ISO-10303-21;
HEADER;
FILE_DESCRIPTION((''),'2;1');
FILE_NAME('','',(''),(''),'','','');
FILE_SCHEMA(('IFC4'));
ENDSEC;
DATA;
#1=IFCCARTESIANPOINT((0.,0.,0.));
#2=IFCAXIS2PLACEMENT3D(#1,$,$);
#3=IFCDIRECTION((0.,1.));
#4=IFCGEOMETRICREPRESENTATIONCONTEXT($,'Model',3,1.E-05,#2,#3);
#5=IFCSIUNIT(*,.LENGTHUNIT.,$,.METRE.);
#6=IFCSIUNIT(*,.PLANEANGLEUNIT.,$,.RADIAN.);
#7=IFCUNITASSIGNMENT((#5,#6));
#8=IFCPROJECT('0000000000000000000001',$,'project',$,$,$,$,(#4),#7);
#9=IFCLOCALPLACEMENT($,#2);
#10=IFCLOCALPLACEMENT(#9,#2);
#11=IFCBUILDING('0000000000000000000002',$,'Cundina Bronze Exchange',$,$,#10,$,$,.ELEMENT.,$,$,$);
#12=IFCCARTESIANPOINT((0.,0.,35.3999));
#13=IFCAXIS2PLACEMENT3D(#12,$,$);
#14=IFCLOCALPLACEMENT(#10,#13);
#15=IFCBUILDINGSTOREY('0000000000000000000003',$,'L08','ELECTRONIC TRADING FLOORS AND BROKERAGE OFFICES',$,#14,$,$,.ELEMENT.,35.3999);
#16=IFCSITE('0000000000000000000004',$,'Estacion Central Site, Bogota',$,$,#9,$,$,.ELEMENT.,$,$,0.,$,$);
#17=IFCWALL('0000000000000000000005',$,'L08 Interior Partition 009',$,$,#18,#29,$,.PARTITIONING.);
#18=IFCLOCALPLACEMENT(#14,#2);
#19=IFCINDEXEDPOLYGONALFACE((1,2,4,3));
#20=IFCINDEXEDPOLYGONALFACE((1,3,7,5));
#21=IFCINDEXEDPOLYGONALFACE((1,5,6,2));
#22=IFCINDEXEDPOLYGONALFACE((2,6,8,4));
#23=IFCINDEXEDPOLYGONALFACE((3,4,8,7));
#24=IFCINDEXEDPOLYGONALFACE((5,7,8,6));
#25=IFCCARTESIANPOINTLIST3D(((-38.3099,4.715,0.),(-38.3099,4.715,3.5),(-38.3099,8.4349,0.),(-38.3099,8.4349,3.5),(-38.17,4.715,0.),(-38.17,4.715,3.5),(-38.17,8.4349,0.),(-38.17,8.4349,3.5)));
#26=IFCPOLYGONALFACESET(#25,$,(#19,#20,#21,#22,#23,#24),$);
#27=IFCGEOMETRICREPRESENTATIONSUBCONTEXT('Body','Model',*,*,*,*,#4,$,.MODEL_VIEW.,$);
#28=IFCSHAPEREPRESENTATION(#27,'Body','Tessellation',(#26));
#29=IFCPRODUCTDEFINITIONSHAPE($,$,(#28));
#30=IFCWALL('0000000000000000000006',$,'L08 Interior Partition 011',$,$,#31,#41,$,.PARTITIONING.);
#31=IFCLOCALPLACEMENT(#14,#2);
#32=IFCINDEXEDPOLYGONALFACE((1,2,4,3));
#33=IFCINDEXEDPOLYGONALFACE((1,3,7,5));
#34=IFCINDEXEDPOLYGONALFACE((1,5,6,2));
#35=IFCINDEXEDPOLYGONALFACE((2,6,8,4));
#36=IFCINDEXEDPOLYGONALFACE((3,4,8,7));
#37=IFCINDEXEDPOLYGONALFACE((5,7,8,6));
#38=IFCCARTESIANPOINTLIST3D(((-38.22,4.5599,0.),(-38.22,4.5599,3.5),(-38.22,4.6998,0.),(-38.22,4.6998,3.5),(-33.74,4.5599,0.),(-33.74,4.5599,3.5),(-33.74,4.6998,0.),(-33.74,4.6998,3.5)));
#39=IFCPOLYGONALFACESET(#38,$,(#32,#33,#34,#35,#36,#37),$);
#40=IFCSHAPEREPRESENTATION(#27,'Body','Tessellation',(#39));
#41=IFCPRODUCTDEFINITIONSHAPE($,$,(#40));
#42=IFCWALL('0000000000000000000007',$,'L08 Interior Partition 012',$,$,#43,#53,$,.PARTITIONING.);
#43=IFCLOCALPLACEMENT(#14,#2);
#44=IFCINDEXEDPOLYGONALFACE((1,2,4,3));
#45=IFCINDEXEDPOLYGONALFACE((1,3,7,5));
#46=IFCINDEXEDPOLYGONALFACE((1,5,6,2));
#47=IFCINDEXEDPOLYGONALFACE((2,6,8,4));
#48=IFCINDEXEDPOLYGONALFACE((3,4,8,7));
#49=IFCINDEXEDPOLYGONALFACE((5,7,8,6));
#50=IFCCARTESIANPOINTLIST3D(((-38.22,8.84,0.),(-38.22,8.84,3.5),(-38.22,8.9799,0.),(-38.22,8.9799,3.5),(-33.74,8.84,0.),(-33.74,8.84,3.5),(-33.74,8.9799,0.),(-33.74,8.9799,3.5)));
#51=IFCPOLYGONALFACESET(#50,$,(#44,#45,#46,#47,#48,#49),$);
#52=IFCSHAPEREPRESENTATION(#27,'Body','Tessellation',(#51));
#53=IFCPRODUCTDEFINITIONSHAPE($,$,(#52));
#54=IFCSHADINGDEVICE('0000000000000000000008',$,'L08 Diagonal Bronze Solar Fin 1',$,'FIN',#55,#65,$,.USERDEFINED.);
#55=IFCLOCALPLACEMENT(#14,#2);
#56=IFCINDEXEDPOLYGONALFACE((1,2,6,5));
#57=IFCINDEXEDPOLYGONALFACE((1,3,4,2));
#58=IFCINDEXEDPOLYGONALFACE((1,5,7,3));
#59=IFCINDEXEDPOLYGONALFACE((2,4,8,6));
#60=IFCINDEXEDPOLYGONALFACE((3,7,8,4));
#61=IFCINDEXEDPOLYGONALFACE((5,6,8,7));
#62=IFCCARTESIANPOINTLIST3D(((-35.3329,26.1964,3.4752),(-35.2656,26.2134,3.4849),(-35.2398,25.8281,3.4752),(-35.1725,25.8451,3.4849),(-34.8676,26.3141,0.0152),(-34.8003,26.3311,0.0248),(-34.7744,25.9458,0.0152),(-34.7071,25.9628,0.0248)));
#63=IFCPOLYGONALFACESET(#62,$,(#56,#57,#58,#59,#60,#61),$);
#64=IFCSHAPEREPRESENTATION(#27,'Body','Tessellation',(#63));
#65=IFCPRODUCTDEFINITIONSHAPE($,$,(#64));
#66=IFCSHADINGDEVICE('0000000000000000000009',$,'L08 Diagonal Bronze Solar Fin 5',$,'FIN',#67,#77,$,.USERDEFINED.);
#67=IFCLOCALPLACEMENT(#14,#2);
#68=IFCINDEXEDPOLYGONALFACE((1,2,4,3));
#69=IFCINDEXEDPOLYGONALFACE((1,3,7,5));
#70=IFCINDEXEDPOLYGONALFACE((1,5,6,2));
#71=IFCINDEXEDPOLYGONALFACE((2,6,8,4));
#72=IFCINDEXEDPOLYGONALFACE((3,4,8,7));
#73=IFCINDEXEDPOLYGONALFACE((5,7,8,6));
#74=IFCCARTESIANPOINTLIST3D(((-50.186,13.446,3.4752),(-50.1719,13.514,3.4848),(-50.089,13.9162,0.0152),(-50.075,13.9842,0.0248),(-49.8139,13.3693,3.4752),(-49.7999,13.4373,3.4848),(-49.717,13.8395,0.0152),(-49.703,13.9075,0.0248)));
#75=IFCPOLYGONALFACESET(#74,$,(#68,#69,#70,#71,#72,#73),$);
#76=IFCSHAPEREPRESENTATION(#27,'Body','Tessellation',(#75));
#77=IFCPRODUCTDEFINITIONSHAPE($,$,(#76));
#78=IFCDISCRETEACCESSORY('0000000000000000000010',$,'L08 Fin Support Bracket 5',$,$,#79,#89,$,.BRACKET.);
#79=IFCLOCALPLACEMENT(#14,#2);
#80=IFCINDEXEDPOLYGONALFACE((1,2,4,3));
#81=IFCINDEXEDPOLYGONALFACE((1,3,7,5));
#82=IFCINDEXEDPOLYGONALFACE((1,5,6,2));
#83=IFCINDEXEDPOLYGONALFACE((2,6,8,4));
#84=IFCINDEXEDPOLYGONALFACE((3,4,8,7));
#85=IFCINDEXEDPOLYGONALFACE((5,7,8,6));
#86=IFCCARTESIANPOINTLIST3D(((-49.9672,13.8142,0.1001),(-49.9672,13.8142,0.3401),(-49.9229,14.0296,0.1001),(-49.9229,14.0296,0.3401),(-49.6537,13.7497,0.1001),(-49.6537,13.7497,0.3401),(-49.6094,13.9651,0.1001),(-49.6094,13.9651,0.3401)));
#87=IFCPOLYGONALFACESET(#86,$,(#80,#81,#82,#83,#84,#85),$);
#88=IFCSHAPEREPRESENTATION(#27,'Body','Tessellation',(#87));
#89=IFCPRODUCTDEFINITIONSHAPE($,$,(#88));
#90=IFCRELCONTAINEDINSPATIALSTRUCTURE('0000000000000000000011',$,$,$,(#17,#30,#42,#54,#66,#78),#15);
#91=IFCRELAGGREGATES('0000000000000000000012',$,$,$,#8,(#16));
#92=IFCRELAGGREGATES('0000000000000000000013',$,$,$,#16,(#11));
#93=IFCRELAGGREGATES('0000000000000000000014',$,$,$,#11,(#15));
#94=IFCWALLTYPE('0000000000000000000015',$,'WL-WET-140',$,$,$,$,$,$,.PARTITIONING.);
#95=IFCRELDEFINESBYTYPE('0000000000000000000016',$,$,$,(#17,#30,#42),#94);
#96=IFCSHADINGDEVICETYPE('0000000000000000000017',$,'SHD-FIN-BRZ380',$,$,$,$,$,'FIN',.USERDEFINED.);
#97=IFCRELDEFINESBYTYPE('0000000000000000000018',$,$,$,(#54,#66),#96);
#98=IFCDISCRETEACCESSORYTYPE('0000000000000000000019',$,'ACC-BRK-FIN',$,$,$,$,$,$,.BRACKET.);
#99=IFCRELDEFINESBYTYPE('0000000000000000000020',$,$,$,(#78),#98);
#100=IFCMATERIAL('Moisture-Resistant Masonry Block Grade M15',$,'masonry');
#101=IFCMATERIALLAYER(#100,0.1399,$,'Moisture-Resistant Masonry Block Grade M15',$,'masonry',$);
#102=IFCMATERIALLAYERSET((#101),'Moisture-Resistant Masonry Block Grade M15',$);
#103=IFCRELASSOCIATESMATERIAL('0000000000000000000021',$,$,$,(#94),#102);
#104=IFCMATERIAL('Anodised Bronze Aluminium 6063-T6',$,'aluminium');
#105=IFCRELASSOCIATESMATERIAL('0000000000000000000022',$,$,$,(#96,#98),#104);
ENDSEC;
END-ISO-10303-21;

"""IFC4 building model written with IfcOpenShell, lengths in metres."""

from ifc_helpers import new_model, si_unit, direction, frame, frame_2d, origin, origin_2d, place, context, subcontext, project, spatial, rectangle, extrude, material, layer, layer_set, material_profile, profile_set, type_object, element, save


model = new_model("IFC4")

# Units and contexts
model_context = context("Model", 3, precision=1e-05, world=origin(), true_north=direction((0.0, 1.0)))
body_context = subcontext(model_context, "Body", "Model", "MODEL_VIEW")
ifc_project = project(units=[si_unit("LENGTHUNIT", "METRE"), si_unit("PLANEANGLEUNIT", "RADIAN")], contexts=[model_context])

# Site, building, storey
site_placement = place(None, origin())
site = spatial("IfcSite", under=ifc_project, at=site_placement, Name="Estacion Central Site, Bogota", CompositionType="ELEMENT", RefElevation=0.0)
building_placement = place(site_placement, origin())
building = spatial("IfcBuilding", under=site, at=building_placement, Name="Cundina Bronze Exchange", CompositionType="ELEMENT")
storey_placement = place(building_placement, frame((0.0, 0.0, 35.3999)))
storey = spatial("IfcBuildingStorey", under=building, at=storey_placement, Name="L08", Description="ELECTRONIC TRADING FLOORS AND BROKERAGE OFFICES", CompositionType="ELEMENT", Elevation=35.3999)

# Shared definitions
ifc_material_1 = material(Name="Anodised Bronze Aluminium 6063-T6", Category="aluminium")

# Walls
ifc_material_2 = material(Name="Moisture-Resistant Masonry Block Grade M15", Category="masonry")
ifc_layer_1 = layer(ifc_material_2, 0.1399, Name="Moisture-Resistant Masonry Block Grade M15", Category="masonry")
ifc_layer_set_1 = layer_set([ifc_layer_1], Name="Moisture-Resistant Masonry Block Grade M15")
wall_type_1 = type_object("IfcWallType", Name="WL-WET-140", PredefinedType="PARTITIONING", material=ifc_layer_set_1)
wall_1_placement = place(storey_placement, frame((-38.24, 4.7151, 0.0), z_axis=(0.0, 0.0, 1.0), x_axis=(0.0, 1.0, 0.0)))
element("IfcWall", 1, at=wall_1_placement, inside=storey, type_object=wall_type_1, Name="L08 Interior Partition 009", PredefinedType="PARTITIONING", context=body_context, shape_type="SweptSolid", body=[
    extrude(rectangle(XDim=3.72, YDim=0.1399, at=frame_2d((1.8599, 0.0))), origin(), (0.0, 0.0, 1.0), 3.5),
])
for number, where, z_axis, x_axis, name in (
    (2, (-38.22, 4.6299, 0.0), (0.0, 0.0, 1.0), (1.0, 0.0, 0.0), "L08 Interior Partition 011"),
    (3, (-38.22, 8.9099, 0.0), (0.0, 0.0, 1.0), (1.0, 0.0, 0.0), "L08 Interior Partition 012"),
):
    element("IfcWall", number, at=place(storey_placement, frame(where, z_axis=z_axis, x_axis=x_axis)), inside=storey, type_object=wall_type_1, Name=name, PredefinedType="PARTITIONING", context=body_context, shape_type="SweptSolid", body=[
        extrude(rectangle(XDim=4.48, YDim=0.1399, at=frame_2d((2.24, 0.0))), origin(), (0.0, 0.0, 1.0), 3.5),
    ])

# Shading devices
ifc_material_profile_1 = material_profile(ifc_material_1, rectangle(XDim=0.0701, YDim=0.3799, at=origin_2d()), Name="FIN70X380", Category="aluminium")
ifc_profile_set_1 = profile_set([ifc_material_profile_1], Name="Anodised Bronze Aluminium 6063-T6")
shading_device_type = type_object("IfcShadingDeviceType", Name="SHD-FIN-BRZ380", ElementType="FIN", PredefinedType="USERDEFINED", material=ifc_profile_set_1)
for number, where, z_axis, x_axis, name in (
    (4, (-34.7874, 26.1384, 0.02), (-0.133215, -0.033688, 0.990514), (0.960285, 0.242842, 0.137408), "L08 Diagonal Bronze Solar Fin 1"),
    (5, (-49.896, 13.9119, 0.02), (-0.027747, -0.134612, 0.99051), (0.199967, 0.970115, 0.137442), "L08 Diagonal Bronze Solar Fin 5"),
):
    element("IfcShadingDevice", number, at=place(storey_placement, frame(where, z_axis=z_axis, x_axis=x_axis)), inside=storey, type_object=shading_device_type, Name=name, ObjectType="FIN", PredefinedType="USERDEFINED", context=body_context, shape_type="SweptSolid", body=[
        extrude(rectangle(XDim=0.0701, YDim=0.3799, at=origin_2d()), origin(), (0.0, 0.0, 1.0), 3.4932),
    ])

# Discrete accessory
discrete_accessory_type = type_object("IfcDiscreteAccessoryType", Name="ACC-BRK-FIN", PredefinedType="BRACKET", material=ifc_material_1)
discrete_accessory_placement = place(storey_placement, frame((-49.7883, 13.8896, 0.1001), z_axis=(0.0, 0.0, 1.0), x_axis=(-0.20142, -0.979505, 0.0)))
element("IfcDiscreteAccessory", 6, at=discrete_accessory_placement, inside=storey, type_object=discrete_accessory_type, Name="L08 Fin Support Bracket 5", PredefinedType="BRACKET", context=body_context, shape_type="SweptSolid", body=[
    extrude(rectangle(XDim=0.22, YDim=0.3201, at=origin_2d()), origin(), (0.0, 0.0, 1.0), 0.24),
])

save(model, "model.ifc")
